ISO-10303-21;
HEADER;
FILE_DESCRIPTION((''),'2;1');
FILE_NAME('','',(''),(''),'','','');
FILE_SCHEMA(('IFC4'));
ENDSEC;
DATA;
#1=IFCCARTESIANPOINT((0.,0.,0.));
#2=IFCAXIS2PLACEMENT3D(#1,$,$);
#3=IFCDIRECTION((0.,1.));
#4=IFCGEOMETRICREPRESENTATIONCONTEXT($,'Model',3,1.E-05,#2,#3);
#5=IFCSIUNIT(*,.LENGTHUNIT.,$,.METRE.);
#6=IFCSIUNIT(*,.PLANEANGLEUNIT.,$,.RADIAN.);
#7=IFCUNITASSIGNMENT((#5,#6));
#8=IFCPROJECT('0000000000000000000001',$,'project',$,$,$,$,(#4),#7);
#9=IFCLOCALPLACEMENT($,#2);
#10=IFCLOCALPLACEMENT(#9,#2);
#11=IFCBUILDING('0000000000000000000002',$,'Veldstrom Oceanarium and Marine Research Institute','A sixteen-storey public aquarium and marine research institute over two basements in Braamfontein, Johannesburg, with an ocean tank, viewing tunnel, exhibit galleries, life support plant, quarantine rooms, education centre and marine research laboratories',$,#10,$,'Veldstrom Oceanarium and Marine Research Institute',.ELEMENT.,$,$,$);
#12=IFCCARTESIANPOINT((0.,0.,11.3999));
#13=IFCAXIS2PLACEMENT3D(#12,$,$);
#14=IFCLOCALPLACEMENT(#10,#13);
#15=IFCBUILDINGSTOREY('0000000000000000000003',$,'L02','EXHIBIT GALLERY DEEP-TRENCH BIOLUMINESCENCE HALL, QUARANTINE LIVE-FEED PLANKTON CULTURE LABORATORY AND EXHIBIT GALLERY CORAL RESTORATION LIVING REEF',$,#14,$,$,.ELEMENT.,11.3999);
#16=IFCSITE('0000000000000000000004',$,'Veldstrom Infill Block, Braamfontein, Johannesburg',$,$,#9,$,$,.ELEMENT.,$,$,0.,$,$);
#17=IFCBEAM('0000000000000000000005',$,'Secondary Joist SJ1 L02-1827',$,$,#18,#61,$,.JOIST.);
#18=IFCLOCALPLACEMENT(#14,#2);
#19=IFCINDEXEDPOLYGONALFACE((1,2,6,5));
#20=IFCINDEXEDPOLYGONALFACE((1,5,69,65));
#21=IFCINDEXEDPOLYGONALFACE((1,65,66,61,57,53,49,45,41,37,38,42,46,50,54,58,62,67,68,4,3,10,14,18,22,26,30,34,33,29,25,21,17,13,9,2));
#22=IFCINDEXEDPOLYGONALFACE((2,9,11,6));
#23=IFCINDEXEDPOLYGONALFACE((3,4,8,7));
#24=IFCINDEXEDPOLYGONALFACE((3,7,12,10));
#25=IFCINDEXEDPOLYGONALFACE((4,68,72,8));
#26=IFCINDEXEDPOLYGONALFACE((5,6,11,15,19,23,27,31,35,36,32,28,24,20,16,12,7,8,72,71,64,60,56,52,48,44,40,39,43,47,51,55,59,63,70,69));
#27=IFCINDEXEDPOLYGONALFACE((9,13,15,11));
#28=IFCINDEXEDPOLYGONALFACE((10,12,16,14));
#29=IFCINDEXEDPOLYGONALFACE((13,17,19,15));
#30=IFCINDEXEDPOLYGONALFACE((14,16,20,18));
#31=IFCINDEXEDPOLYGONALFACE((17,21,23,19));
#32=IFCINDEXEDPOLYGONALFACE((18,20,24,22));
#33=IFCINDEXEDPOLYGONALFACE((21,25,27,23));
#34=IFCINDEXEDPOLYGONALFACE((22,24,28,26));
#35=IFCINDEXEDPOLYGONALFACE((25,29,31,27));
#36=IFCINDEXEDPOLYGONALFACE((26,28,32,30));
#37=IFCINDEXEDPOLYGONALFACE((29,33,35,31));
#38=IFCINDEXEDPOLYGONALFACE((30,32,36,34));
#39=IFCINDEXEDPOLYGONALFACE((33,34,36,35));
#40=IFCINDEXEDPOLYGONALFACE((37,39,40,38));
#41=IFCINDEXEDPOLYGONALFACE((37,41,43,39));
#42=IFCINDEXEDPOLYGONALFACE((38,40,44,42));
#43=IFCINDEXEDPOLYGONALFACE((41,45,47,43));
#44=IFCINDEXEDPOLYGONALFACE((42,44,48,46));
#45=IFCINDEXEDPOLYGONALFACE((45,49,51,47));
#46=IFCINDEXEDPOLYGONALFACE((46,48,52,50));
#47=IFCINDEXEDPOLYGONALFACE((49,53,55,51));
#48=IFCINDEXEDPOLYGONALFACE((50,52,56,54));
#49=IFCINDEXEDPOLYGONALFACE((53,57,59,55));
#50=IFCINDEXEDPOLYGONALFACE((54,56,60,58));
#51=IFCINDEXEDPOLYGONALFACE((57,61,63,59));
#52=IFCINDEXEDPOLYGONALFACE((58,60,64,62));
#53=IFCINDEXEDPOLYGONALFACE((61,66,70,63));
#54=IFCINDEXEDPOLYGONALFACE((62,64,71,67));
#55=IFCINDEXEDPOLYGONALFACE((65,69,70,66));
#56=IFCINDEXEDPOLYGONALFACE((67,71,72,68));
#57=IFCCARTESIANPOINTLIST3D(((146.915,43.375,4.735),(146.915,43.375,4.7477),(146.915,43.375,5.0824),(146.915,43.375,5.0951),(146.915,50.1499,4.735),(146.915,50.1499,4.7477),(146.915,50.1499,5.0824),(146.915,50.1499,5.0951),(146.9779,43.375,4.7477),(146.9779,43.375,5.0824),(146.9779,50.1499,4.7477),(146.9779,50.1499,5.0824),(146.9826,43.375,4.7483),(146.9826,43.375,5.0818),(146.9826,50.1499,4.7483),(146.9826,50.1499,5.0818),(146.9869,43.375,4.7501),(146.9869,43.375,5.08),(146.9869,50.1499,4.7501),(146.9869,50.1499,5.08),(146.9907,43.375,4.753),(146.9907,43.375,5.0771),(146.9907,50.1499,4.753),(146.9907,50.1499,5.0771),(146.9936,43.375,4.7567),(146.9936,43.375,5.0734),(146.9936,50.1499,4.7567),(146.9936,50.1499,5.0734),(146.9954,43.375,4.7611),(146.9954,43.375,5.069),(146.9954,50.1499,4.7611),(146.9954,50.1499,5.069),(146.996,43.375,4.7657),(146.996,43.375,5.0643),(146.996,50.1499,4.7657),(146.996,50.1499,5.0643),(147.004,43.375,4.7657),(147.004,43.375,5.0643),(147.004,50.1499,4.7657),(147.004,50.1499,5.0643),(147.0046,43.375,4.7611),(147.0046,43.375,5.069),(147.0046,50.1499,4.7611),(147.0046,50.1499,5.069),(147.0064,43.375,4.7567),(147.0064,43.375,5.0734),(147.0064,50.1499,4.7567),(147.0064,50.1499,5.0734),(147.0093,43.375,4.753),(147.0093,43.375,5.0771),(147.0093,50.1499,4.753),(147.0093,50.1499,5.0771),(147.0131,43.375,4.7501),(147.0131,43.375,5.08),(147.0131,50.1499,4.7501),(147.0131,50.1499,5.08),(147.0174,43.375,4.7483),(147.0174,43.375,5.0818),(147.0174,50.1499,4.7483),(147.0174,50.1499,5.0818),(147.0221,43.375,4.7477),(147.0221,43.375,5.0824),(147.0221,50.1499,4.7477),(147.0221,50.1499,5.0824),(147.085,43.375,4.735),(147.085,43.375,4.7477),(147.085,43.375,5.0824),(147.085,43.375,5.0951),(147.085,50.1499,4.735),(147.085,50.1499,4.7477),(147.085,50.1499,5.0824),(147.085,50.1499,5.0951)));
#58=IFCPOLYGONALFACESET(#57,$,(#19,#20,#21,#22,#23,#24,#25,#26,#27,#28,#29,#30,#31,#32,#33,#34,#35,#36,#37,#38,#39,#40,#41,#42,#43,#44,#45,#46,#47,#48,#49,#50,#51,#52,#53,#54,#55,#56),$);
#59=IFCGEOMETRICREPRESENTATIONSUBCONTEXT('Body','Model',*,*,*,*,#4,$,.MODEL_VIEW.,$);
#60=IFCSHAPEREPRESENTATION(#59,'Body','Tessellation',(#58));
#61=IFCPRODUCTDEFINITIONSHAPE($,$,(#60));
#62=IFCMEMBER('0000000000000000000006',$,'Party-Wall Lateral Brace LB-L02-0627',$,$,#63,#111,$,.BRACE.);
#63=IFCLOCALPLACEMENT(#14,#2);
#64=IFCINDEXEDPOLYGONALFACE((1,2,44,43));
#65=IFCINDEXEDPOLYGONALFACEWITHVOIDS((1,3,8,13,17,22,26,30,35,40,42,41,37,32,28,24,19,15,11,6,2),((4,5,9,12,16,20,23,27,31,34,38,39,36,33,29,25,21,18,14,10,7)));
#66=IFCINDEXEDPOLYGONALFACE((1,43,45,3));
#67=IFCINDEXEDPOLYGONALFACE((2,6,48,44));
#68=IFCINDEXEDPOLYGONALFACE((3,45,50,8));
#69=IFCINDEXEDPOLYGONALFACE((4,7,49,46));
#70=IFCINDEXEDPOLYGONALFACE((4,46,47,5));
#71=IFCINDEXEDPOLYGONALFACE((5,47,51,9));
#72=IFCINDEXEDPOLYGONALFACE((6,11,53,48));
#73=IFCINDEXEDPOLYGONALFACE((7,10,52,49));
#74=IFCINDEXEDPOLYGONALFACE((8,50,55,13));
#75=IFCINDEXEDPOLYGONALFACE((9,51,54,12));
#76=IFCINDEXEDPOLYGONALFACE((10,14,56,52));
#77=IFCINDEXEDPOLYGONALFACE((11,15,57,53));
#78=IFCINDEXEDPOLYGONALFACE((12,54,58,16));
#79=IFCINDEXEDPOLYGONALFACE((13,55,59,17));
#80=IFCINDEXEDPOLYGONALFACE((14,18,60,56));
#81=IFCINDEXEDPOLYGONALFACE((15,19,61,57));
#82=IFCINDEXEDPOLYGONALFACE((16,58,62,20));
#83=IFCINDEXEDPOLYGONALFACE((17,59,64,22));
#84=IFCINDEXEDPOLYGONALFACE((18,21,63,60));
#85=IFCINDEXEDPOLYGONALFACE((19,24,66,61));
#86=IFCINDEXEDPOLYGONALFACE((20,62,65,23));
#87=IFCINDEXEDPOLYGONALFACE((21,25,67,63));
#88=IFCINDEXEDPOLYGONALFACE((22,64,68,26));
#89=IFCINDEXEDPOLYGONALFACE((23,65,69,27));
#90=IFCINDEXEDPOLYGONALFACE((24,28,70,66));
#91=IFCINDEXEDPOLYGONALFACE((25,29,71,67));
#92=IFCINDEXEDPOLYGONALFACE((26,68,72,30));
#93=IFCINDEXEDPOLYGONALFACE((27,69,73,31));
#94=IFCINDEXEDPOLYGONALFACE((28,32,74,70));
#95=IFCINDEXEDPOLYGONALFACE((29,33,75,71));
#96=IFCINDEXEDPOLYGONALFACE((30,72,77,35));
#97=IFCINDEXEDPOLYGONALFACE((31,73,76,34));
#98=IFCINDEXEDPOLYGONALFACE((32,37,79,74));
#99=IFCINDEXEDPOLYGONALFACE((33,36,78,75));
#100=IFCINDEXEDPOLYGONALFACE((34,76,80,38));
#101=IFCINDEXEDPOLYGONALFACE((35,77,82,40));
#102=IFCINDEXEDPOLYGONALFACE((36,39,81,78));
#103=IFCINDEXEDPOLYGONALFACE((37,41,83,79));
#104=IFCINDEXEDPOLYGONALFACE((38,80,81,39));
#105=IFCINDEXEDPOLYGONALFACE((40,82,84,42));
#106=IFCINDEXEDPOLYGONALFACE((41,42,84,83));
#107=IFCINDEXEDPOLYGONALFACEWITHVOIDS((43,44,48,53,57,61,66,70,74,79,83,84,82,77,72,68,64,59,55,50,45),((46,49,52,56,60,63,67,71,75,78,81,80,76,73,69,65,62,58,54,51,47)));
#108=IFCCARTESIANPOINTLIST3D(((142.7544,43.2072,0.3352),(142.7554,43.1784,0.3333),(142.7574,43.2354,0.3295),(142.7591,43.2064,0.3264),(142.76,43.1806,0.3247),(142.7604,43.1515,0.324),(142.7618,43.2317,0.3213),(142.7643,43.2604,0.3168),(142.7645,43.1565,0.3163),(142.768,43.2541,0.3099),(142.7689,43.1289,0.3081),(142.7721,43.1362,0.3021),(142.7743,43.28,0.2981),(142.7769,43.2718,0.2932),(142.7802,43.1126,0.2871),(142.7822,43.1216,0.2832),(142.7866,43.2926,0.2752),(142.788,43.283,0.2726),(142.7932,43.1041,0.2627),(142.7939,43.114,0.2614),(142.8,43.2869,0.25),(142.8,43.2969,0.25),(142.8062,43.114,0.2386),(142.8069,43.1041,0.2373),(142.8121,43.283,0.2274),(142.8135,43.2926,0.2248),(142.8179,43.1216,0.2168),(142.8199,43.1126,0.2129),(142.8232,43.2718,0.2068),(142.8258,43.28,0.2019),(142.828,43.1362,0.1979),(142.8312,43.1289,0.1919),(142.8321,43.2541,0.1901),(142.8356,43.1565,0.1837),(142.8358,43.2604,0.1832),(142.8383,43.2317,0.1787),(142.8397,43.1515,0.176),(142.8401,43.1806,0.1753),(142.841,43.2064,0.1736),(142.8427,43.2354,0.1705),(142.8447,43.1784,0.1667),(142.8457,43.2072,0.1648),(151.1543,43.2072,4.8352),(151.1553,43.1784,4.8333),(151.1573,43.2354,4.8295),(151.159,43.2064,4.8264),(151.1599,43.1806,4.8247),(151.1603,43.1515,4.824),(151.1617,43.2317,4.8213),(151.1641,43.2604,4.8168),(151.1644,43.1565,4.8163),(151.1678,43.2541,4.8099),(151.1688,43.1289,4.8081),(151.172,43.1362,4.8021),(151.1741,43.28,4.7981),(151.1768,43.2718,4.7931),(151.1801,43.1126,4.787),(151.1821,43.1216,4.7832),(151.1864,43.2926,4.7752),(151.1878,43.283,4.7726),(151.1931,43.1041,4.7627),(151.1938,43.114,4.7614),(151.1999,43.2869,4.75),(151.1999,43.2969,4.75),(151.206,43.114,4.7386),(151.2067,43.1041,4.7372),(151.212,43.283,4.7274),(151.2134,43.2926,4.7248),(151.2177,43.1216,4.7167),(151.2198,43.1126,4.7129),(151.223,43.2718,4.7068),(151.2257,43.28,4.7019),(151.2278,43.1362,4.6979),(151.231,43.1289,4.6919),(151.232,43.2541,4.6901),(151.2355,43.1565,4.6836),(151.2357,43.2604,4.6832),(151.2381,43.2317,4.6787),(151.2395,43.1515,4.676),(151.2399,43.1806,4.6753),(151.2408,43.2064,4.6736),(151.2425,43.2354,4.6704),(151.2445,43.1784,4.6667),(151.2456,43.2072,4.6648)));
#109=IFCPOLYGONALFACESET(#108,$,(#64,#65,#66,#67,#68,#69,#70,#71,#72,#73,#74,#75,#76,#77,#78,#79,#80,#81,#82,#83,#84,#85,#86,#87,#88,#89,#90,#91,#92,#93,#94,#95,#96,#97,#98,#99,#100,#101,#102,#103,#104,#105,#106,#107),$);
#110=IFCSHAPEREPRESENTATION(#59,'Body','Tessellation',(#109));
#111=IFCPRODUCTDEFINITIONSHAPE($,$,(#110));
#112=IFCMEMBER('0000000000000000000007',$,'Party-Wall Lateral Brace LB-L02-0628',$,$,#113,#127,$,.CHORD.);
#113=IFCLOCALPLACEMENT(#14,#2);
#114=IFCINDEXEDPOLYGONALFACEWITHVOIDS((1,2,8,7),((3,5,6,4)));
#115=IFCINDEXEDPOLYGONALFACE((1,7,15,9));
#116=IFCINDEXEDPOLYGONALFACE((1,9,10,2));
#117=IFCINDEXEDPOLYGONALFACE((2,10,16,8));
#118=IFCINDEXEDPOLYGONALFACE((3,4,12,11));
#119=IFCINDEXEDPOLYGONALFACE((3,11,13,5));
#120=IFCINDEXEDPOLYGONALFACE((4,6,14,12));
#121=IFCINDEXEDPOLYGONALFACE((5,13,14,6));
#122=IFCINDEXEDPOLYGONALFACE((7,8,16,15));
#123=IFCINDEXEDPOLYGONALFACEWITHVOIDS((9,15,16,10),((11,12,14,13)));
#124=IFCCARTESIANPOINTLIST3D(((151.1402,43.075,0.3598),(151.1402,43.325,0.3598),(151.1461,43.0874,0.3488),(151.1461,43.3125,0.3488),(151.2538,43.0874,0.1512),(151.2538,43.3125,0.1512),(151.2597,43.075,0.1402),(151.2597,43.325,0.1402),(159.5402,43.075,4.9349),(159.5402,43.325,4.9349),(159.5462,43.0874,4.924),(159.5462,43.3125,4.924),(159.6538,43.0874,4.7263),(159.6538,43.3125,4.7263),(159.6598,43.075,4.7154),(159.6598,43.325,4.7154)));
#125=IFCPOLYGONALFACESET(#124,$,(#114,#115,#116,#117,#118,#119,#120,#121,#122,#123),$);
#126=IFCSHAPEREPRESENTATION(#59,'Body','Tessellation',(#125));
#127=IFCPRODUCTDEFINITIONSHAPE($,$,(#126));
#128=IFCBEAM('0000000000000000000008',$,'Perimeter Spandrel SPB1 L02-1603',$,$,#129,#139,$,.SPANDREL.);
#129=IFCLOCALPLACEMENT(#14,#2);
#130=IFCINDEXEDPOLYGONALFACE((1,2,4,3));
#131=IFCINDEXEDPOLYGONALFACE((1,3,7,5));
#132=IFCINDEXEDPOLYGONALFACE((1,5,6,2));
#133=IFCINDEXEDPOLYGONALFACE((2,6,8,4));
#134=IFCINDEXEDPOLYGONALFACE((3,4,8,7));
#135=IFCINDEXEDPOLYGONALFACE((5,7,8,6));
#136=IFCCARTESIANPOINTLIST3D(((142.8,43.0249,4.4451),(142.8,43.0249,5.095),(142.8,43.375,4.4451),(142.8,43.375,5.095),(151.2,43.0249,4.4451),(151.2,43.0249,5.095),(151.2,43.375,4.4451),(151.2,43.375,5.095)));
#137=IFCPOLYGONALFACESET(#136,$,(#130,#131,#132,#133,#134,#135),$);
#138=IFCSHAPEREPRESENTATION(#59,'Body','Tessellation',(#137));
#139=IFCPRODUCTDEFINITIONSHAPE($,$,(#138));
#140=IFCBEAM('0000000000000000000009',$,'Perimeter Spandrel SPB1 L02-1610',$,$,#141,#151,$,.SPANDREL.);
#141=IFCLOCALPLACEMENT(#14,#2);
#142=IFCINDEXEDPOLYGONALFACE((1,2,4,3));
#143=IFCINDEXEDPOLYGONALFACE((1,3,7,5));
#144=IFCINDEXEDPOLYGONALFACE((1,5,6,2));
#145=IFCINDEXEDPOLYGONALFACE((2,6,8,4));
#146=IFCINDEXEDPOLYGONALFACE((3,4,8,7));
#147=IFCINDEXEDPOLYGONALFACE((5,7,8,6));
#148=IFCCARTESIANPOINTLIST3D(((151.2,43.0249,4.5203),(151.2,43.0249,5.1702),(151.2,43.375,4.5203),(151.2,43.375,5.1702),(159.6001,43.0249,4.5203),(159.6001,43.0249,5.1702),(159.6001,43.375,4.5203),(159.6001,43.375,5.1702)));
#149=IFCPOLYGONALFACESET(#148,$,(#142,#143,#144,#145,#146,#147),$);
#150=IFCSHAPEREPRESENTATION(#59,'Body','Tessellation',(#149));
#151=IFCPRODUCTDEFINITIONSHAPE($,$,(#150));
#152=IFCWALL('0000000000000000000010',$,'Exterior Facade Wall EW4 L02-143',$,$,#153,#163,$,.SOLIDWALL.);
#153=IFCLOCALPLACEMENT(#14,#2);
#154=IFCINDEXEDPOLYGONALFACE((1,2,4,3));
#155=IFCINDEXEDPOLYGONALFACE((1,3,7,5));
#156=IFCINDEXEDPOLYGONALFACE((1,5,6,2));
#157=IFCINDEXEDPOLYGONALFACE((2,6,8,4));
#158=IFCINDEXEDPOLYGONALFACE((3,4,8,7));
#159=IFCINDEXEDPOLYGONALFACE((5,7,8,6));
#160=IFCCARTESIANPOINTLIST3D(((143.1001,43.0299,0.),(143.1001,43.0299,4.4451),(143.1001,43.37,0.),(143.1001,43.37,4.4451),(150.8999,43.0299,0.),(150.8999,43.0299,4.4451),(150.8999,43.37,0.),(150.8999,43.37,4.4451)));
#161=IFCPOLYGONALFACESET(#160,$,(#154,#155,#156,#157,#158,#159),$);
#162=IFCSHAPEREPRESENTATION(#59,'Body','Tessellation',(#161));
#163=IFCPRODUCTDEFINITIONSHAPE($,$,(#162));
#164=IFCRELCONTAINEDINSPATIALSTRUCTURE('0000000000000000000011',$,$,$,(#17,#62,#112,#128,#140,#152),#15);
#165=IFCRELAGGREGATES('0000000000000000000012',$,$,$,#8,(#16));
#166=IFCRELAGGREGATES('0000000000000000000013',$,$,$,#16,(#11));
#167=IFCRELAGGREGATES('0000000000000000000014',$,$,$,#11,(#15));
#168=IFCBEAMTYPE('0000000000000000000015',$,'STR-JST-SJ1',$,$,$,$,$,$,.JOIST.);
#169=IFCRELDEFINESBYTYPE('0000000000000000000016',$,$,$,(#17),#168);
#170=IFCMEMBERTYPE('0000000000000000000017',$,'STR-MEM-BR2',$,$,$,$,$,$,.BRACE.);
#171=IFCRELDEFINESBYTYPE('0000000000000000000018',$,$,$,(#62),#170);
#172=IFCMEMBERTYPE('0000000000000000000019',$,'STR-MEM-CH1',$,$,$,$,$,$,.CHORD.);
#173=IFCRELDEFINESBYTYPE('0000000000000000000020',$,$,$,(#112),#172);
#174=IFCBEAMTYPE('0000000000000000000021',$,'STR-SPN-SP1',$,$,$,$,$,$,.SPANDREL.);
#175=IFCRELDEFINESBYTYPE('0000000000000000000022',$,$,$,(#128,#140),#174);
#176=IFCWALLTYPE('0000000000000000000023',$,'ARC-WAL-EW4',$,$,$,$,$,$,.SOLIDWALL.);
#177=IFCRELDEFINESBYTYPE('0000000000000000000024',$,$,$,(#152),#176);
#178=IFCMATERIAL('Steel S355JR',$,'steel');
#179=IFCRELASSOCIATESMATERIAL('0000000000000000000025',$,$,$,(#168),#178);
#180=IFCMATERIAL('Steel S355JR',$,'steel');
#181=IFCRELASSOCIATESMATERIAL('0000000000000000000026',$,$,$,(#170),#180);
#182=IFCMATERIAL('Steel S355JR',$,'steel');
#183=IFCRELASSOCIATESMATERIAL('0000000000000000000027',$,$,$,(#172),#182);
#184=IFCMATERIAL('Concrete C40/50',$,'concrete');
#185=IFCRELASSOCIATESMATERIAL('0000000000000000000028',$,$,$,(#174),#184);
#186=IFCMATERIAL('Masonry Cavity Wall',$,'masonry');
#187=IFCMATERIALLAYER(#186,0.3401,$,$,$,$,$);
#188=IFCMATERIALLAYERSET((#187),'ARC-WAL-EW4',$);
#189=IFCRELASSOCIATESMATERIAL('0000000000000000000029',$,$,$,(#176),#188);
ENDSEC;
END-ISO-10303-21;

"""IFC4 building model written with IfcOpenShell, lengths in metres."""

from ifc_helpers import new_model, si_unit, direction, frame, frame_2d, origin, origin_2d, place, context, subcontext, project, spatial, rectangle, hollow_rectangle, hollow_circle, i_section, extrude, material, layer, layer_set, material_profile, profile_set, type_object, element, save


model = new_model("IFC4")

# Units and contexts
model_context = context("Model", 3, precision=1e-05, world=origin(), true_north=direction((0.0, 1.0)))
body_context = subcontext(model_context, "Body", "Model", "MODEL_VIEW")
ifc_project = project(units=[si_unit("LENGTHUNIT", "METRE"), si_unit("PLANEANGLEUNIT", "RADIAN")], contexts=[model_context])

# Site, building, storey
site_placement = place(None, origin())
site = spatial("IfcSite", under=ifc_project, at=site_placement, Name="Veldstrom Infill Block, Braamfontein, Johannesburg", CompositionType="ELEMENT", RefElevation=0.0)
building_placement = place(site_placement, origin())
building = spatial("IfcBuilding", under=site, at=building_placement, Name="Veldstrom Oceanarium and Marine Research Institute", Description="A sixteen-storey public aquarium and marine research institute over two basements in Braamfontein, Johannesburg, with an ocean tank, viewing tunnel, exhibit galleries, life support plant, quarantine rooms, education centre and marine research laboratories", LongName="Veldstrom Oceanarium and Marine Research Institute", CompositionType="ELEMENT")
storey_placement = place(building_placement, frame((0.0, 0.0, 11.3999)))
storey = spatial("IfcBuildingStorey", under=building, at=storey_placement, Name="L02", Description="EXHIBIT GALLERY DEEP-TRENCH BIOLUMINESCENCE HALL, QUARANTINE LIVE-FEED PLANKTON CULTURE LABORATORY AND EXHIBIT GALLERY CORAL RESTORATION LIVING REEF", CompositionType="ELEMENT", Elevation=11.3999)

# Beam
ifc_material_1 = material(Name="Steel S355JR", Category="steel")
ifc_material_profile_1 = material_profile(ifc_material_1, i_section(OverallWidth=0.1699, OverallDepth=0.3601, WebThickness=0.0081, FlangeThickness=0.0127, FilletRadius=0.0181, at=origin_2d()), Name="IPE 360")
ifc_profile_set_1 = profile_set([ifc_material_profile_1], Name="Steel S355JR")
beam_type_1 = type_object("IfcBeamType", Name="STR-JST-SJ1", PredefinedType="JOIST", material=ifc_profile_set_1)
beam_1_placement = place(storey_placement, frame((147.0, 43.375, 4.915), z_axis=(0.0, 1.0, 0.0), x_axis=(-1.0, 0.0, 0.0)))
element("IfcBeam", 1, at=beam_1_placement, inside=storey, type_object=beam_type_1, Name="Secondary Joist SJ1 L02-1827", PredefinedType="JOIST", context=body_context, shape_type="SweptSolid", body=[
    extrude(i_section(OverallWidth=0.1699, OverallDepth=0.3601, WebThickness=0.0081, FlangeThickness=0.0127, FilletRadius=0.0181, at=origin_2d()), origin(), (0.0, 0.0, 1.0), 6.7749),
])

# Members
ifc_material_2 = material(Name="Steel S355JR", Category="steel")
ifc_material_profile_2 = material_profile(ifc_material_2, hollow_circle(Radius=0.0969, WallThickness=0.01, at=origin_2d()), Name="CHS 193.7x10")
ifc_profile_set_2 = profile_set([ifc_material_profile_2], Name="Steel S355JR")
member_type_1 = type_object("IfcMemberType", Name="STR-MEM-BR2", PredefinedType="BRACE", material=ifc_profile_set_2)
member_1_placement = place(storey_placement, frame((142.8, 43.2, 0.25), z_axis=(0.881478, 0.0, 0.472226), x_axis=(0.0, 1.0, 0.0)))
element("IfcMember", 2, at=member_1_placement, inside=storey, type_object=member_type_1, Name="Party-Wall Lateral Brace LB-L02-0627", PredefinedType="BRACE", context=body_context, shape_type="SweptSolid", body=[
    extrude(hollow_circle(Radius=0.0969, WallThickness=0.01, at=origin_2d()), origin(), (0.0, 0.0, 1.0), 9.5293),
])
ifc_material_3 = material(Name="Steel S355JR", Category="steel")
ifc_material_profile_3 = material_profile(ifc_material_3, hollow_rectangle(XDim=0.25, YDim=0.25, WallThickness=0.0125, at=origin_2d()), Name="SHS 250x250x12.5")
ifc_profile_set_3 = profile_set([ifc_material_profile_3], Name="Steel S355JR")
member_type_2 = type_object("IfcMemberType", Name="STR-MEM-CH1", PredefinedType="CHORD", material=ifc_profile_set_3)
member_2_placement = place(storey_placement, frame((151.2, 43.2, 0.25), z_axis=(0.87819, 0.0, 0.478312), x_axis=(0.0, 1.0, 0.0)))
element("IfcMember", 3, at=member_2_placement, inside=storey, type_object=member_type_2, Name="Party-Wall Lateral Brace LB-L02-0628", PredefinedType="CHORD", context=body_context, shape_type="SweptSolid", body=[
    extrude(hollow_rectangle(XDim=0.25, YDim=0.25, WallThickness=0.0125, at=origin_2d()), origin(), (0.0, 0.0, 1.0), 9.5652),
])

# Beams
ifc_material_4 = material(Name="Concrete C40/50", Category="concrete")
ifc_material_profile_4 = material_profile(ifc_material_4, rectangle(XDim=0.3501, YDim=0.6499, at=origin_2d()), Name="RC-SPN-350x650")
ifc_profile_set_4 = profile_set([ifc_material_profile_4], Name="Concrete C40/50")
beam_type_2 = type_object("IfcBeamType", Name="STR-SPN-SP1", PredefinedType="SPANDREL", material=ifc_profile_set_4)
beam_2_placement = place(storey_placement, frame((142.8, 43.2, 4.77), z_axis=(1.0, 0.0, 0.0), x_axis=(0.0, 1.0, 0.0)))
element("IfcBeam", 4, at=beam_2_placement, inside=storey, type_object=beam_type_2, Name="Perimeter Spandrel SPB1 L02-1603", PredefinedType="SPANDREL", context=body_context, shape_type="SweptSolid", body=[
    extrude(rectangle(XDim=0.3501, YDim=0.6499, at=origin_2d()), origin(), (0.0, 0.0, 1.0), 8.3999),
])
beam_3_placement = place(storey_placement, frame((151.2, 43.2, 4.8452), z_axis=(1.0, 0.0, 0.0), x_axis=(0.0, 1.0, 0.0)))
element("IfcBeam", 5, at=beam_3_placement, inside=storey, type_object=beam_type_2, Name="Perimeter Spandrel SPB1 L02-1610", PredefinedType="SPANDREL", context=body_context, shape_type="SweptSolid", body=[
    extrude(rectangle(XDim=0.3501, YDim=0.6499, at=origin_2d()), origin(), (0.0, 0.0, 1.0), 8.4001),
])

# Wall
ifc_material_5 = material(Name="Masonry Cavity Wall", Category="masonry")
ifc_layer_1 = layer(ifc_material_5, 0.3401)
ifc_layer_set_1 = layer_set([ifc_layer_1], Name="ARC-WAL-EW4")
wall_type_1 = type_object("IfcWallType", Name="ARC-WAL-EW4", PredefinedType="SOLIDWALL", material=ifc_layer_set_1)
wall_1_placement = place(storey_placement, frame((143.1001, 43.2, 0.0), z_axis=(0.0, 0.0, 1.0), x_axis=(1.0, 0.0, 0.0)))
element("IfcWall", 6, at=wall_1_placement, inside=storey, type_object=wall_type_1, Name="Exterior Facade Wall EW4 L02-143", PredefinedType="SOLIDWALL", context=body_context, shape_type="SweptSolid", body=[
    extrude(rectangle(XDim=7.7998, YDim=0.3401, at=frame_2d((3.8999, 0.0))), origin(), (0.0, 0.0, 1.0), 4.4451),
])

save(model, "model.ifc")
